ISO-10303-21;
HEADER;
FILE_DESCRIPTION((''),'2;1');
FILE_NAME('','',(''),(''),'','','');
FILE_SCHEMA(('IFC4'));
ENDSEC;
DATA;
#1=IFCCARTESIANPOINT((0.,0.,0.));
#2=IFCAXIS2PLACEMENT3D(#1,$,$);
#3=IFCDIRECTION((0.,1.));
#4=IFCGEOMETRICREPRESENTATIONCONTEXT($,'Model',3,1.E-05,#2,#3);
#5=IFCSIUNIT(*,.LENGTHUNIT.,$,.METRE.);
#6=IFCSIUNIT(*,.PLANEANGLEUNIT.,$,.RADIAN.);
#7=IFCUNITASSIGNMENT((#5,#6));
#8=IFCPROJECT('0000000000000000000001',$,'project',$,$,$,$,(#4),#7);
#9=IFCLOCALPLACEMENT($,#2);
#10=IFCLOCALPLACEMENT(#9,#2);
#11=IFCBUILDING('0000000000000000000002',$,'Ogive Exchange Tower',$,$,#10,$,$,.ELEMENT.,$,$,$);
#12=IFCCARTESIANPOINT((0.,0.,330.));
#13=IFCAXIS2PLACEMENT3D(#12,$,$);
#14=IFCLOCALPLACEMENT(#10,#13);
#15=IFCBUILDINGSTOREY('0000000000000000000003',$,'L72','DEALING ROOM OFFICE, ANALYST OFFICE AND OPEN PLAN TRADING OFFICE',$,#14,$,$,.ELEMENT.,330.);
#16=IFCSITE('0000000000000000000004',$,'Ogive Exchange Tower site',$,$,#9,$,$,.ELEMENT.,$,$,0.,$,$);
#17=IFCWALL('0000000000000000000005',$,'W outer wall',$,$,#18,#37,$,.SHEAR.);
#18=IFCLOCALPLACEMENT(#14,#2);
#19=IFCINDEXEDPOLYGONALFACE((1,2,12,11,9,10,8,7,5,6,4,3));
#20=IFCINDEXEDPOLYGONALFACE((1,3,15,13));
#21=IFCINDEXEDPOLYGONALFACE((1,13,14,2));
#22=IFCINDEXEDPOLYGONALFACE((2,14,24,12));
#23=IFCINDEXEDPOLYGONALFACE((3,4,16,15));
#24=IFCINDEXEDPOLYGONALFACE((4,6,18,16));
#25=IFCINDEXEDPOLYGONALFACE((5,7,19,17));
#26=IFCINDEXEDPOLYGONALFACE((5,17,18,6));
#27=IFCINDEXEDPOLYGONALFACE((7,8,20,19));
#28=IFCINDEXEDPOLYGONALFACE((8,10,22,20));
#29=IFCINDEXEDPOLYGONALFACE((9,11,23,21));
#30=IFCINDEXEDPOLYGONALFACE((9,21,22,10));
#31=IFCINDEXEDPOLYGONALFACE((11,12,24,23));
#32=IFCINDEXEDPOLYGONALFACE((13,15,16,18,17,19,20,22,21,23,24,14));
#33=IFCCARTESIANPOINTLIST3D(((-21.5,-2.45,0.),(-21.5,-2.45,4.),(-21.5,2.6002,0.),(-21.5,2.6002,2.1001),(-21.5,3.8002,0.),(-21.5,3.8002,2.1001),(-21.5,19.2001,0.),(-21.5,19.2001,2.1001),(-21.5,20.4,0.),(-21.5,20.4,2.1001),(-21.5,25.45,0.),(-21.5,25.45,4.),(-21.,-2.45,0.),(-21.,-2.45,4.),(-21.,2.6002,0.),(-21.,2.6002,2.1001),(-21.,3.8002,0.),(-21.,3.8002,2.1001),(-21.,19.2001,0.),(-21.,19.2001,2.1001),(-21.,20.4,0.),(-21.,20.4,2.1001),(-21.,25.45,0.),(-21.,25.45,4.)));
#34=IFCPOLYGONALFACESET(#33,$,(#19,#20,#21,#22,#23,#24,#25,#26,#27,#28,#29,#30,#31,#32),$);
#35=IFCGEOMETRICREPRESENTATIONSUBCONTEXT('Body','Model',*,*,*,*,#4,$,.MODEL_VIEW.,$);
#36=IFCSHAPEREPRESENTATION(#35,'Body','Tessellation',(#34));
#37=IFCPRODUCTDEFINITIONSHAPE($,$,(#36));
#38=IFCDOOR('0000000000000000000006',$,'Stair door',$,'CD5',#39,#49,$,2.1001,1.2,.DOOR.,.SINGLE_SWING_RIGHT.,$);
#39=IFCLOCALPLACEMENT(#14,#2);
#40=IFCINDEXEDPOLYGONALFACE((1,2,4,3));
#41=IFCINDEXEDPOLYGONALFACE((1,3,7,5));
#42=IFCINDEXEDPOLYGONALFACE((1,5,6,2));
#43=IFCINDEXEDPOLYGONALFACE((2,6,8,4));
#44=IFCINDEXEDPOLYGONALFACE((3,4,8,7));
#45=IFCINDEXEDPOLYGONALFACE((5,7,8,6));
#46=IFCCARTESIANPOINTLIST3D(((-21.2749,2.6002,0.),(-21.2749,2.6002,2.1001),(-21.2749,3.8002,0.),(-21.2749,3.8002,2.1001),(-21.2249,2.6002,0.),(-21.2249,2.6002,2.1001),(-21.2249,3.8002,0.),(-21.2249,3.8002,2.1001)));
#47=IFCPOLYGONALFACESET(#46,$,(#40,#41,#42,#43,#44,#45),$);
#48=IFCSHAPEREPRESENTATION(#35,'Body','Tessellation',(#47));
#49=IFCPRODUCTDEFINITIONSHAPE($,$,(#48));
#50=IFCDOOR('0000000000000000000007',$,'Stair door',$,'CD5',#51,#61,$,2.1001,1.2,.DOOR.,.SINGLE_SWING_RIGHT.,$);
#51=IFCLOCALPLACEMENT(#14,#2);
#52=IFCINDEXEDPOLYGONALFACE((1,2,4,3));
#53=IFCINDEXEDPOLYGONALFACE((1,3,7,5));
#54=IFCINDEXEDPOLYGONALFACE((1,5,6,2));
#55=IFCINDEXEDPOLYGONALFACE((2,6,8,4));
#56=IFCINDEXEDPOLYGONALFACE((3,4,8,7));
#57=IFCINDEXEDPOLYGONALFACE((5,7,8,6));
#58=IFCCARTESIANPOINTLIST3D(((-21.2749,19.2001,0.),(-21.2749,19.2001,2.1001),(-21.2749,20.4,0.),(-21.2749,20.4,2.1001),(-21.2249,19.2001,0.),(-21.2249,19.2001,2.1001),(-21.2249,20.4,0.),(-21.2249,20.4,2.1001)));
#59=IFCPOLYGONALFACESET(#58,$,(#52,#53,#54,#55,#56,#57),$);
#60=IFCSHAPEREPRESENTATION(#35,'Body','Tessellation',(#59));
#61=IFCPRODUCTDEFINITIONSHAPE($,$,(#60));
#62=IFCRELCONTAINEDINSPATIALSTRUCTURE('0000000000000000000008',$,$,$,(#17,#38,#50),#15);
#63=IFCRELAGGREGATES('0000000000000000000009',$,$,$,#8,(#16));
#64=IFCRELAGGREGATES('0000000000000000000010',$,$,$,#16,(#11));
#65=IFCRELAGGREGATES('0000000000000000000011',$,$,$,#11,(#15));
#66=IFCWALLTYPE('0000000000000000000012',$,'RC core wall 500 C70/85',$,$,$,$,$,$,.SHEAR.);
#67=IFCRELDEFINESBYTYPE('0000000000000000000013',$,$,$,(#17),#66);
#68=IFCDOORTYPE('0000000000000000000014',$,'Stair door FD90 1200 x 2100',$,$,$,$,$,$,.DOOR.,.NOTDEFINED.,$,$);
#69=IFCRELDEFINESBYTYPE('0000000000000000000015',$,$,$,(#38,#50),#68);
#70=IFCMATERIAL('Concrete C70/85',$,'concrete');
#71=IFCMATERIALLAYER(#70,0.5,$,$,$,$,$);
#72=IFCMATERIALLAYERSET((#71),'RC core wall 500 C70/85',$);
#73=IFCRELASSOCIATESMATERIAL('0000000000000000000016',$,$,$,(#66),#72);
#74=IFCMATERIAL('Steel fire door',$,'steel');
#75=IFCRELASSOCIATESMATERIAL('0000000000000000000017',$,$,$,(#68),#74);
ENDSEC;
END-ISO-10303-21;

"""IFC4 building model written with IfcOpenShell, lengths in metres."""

from ifc_helpers import new_model, si_unit, direction, frame, frame_2d, origin, place, context, subcontext, project, spatial, rectangle, extrude, material, layer, layer_set, type_object, element, fill, save


model = new_model("IFC4")

# Units and contexts
model_context = context("Model", 3, precision=1e-05, world=origin(), true_north=direction((0.0, 1.0)))
body_context = subcontext(model_context, "Body", "Model", "MODEL_VIEW")
ifc_project = project(units=[si_unit("LENGTHUNIT", "METRE"), si_unit("PLANEANGLEUNIT", "RADIAN")], contexts=[model_context])

# Site, building, storey
site_placement = place(None, origin())
site = spatial("IfcSite", under=ifc_project, at=site_placement, Name="Ogive Exchange Tower site", CompositionType="ELEMENT", RefElevation=0.0)
building_placement = place(site_placement, origin())
building = spatial("IfcBuilding", under=site, at=building_placement, Name="Ogive Exchange Tower", CompositionType="ELEMENT")
storey_placement = place(building_placement, frame((0.0, 0.0, 330.0)))
storey = spatial("IfcBuildingStorey", under=building, at=storey_placement, Name="L72", Description="DEALING ROOM OFFICE, ANALYST OFFICE AND OPEN PLAN TRADING OFFICE", CompositionType="ELEMENT", Elevation=330.0)

# Shared definitions
ifc_material_1 = material(Name="Concrete C70/85", Category="concrete")

# Wall, openings, doors
ifc_layer_1 = layer(ifc_material_1, 0.5)
ifc_layer_set_1 = layer_set([ifc_layer_1], Name="RC core wall 500 C70/85")
wall_type_1 = type_object("IfcWallType", Name="RC core wall 500 C70/85", PredefinedType="SHEAR", material=ifc_layer_set_1)
wall_1_placement = place(storey_placement, frame((-21.25, -2.45, 0.0), z_axis=(0.0, 0.0, 1.0), x_axis=(0.0, 1.0, 0.0)))
wall_1 = element("IfcWall", 1, at=wall_1_placement, inside=storey, type_object=wall_type_1, Name="W outer wall", PredefinedType="SHEAR", context=body_context, shape_type="SweptSolid", body=[
    extrude(rectangle(XDim=27.8999, YDim=0.5, at=frame_2d((13.95, 0.0))), origin(), (0.0, 0.0, 1.0), 4.0),
])
opening_1_placement = place(wall_1_placement, frame((5.05, 0.0, 0.0)))
opening_1 = element("IfcOpeningElement", 2, at=opening_1_placement, cuts=wall_1, PredefinedType="OPENING", context=body_context, shape_type="SweptSolid", body=[
    extrude(rectangle(XDim=1.2, YDim=2.1001, at=frame_2d((0.6001, 1.05))), frame((0.0, 0.26, 0.0), z_axis=(0.0, -1.0, 0.0), x_axis=(1.0, 0.0, 0.0)), (0.0, 0.0, 1.0), 0.52),
])
opening_2_placement = place(wall_1_placement, frame((21.6499, 0.0, 0.0)))
opening_2 = element("IfcOpeningElement", 3, at=opening_2_placement, cuts=wall_1, PredefinedType="OPENING", context=body_context, shape_type="SweptSolid", body=[
    extrude(rectangle(XDim=1.2, YDim=2.1001, at=frame_2d((0.6001, 1.05))), frame((0.0, 0.26, 0.0), z_axis=(0.0, -1.0, 0.0), x_axis=(1.0, 0.0, 0.0)), (0.0, 0.0, 1.0), 0.52),
])
ifc_material_2 = material(Name="Steel fire door", Category="steel")
door_type_1 = type_object("IfcDoorType", Name="Stair door FD90 1200 x 2100", OperationType="NOTDEFINED", PredefinedType="DOOR", material=ifc_material_2)
door_1_placement = place(opening_1_placement, origin())
door_1 = element("IfcDoor", 4, at=door_1_placement, inside=storey, type_object=door_type_1, Name="Stair door", ObjectType="CD5", OperationType="SINGLE_SWING_RIGHT", OverallHeight=2.1001, OverallWidth=1.2, PredefinedType="DOOR", context=body_context, shape_type="SweptSolid", body=[
    extrude(rectangle(XDim=1.2, YDim=2.1001, at=frame_2d((0.6001, 1.05))), frame((0.0, 0.0249, 0.0), z_axis=(0.0, -1.0, 0.0), x_axis=(1.0, 0.0, 0.0)), (0.0, 0.0, 1.0), 0.05),
])
fill(opening_1, door_1)
door_2_placement = place(opening_2_placement, origin())
door_2 = element("IfcDoor", 5, at=door_2_placement, inside=storey, type_object=door_type_1, Name="Stair door", ObjectType="CD5", OperationType="SINGLE_SWING_RIGHT", OverallHeight=2.1001, OverallWidth=1.2, PredefinedType="DOOR", context=body_context, shape_type="SweptSolid", body=[
    extrude(rectangle(XDim=1.2, YDim=2.1001, at=frame_2d((0.6001, 1.05))), frame((0.0, 0.0249, 0.0), z_axis=(0.0, -1.0, 0.0), x_axis=(1.0, 0.0, 0.0)), (0.0, 0.0, 1.0), 0.05),
])
fill(opening_2, door_2)

save(model, "model.ifc")
